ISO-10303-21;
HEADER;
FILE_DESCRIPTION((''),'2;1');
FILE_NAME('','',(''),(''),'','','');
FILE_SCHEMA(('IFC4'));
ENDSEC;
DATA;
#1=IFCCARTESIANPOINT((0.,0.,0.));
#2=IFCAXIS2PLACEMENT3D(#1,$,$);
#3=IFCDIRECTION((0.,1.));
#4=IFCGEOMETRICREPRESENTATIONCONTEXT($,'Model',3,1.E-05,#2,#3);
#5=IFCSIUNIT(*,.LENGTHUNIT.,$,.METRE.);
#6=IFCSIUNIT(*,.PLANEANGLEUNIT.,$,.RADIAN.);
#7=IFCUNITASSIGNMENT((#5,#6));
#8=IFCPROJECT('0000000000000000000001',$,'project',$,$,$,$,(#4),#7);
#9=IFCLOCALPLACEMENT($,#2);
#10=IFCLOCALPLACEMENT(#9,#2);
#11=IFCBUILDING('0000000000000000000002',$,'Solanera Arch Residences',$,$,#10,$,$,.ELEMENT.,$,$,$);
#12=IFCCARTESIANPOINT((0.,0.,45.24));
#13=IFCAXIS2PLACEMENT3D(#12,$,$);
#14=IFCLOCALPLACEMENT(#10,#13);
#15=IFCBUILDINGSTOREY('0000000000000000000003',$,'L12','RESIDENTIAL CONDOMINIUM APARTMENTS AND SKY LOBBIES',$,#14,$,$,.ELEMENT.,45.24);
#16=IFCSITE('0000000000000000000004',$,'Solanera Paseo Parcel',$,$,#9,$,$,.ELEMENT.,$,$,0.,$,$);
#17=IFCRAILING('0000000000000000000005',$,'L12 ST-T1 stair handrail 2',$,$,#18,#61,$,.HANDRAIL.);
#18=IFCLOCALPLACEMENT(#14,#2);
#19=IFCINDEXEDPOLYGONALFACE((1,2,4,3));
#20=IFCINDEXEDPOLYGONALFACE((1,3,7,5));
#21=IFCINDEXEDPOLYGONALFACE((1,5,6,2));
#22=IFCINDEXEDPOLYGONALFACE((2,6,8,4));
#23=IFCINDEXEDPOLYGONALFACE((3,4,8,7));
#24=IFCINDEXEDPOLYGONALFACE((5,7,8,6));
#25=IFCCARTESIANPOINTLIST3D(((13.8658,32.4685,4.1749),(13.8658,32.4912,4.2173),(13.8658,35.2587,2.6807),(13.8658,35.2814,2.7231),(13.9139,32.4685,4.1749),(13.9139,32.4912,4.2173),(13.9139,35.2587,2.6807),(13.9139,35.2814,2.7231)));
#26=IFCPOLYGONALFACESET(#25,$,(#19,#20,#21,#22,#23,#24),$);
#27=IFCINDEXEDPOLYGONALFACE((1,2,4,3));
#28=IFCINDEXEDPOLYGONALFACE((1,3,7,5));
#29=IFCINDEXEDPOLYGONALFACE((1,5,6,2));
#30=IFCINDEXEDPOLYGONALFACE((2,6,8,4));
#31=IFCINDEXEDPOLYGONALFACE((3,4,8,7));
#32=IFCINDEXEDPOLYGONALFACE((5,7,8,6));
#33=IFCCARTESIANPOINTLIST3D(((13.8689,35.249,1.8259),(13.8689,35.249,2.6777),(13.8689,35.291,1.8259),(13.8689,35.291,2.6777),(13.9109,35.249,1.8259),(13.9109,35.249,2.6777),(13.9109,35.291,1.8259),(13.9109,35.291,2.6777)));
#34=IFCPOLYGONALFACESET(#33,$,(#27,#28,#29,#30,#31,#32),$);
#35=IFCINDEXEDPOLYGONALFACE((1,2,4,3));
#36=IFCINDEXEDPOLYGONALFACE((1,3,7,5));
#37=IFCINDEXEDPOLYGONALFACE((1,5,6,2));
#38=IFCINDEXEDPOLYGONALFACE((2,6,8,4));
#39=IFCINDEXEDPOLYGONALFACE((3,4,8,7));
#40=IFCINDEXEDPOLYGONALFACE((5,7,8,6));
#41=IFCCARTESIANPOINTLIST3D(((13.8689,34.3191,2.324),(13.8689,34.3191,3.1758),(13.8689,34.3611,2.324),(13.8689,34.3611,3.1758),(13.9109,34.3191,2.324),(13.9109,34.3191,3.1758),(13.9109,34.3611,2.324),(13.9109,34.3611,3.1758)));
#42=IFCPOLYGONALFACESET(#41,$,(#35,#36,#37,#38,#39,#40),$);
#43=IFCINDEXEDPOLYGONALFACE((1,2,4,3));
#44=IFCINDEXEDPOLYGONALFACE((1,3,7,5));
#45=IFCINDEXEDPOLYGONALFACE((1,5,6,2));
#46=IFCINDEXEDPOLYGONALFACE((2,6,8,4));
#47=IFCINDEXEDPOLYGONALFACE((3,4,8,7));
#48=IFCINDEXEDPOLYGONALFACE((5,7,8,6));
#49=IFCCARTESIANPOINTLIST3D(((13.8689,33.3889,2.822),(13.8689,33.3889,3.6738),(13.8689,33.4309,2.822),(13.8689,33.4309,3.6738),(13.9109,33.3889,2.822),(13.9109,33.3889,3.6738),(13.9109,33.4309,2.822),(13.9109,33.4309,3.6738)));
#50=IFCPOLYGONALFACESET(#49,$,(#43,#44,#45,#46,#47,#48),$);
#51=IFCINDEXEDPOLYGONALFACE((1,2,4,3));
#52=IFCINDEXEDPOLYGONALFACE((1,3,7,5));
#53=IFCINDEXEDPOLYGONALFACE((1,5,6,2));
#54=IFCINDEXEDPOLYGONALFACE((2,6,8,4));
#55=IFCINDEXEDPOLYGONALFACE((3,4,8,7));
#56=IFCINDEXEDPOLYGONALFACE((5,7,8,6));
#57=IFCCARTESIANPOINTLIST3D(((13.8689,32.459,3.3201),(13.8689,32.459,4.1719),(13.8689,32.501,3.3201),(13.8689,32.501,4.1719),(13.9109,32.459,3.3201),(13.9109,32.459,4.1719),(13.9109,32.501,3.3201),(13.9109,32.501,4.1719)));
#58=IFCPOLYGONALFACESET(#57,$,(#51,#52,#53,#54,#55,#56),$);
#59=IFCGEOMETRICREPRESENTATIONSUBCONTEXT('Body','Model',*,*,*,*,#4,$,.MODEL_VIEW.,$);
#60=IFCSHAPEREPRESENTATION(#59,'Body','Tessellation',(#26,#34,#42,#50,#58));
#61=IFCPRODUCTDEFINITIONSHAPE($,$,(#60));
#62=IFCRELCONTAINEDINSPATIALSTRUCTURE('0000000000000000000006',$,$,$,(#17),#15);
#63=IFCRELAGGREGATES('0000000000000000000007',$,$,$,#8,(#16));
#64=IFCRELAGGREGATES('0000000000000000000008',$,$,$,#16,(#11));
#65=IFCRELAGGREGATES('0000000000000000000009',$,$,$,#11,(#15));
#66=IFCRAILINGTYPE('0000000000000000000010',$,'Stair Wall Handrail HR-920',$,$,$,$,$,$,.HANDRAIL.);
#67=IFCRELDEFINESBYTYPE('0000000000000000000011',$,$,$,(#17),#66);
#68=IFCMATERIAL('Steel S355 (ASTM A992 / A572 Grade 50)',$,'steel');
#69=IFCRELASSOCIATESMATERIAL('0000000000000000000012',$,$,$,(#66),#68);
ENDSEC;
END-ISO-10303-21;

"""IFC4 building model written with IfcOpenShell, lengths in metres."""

from ifc_helpers import new_model, si_unit, direction, frame, origin, origin_2d, place, context, subcontext, project, spatial, rectangle, extrude, material, type_object, element, save


model = new_model("IFC4")

# Units and contexts
model_context = context("Model", 3, precision=1e-05, world=origin(), true_north=direction((0.0, 1.0)))
body_context = subcontext(model_context, "Body", "Model", "MODEL_VIEW")
ifc_project = project(units=[si_unit("LENGTHUNIT", "METRE"), si_unit("PLANEANGLEUNIT", "RADIAN")], contexts=[model_context])

# Site, building, storey
site_placement = place(None, origin())
site = spatial("IfcSite", under=ifc_project, at=site_placement, Name="Solanera Paseo Parcel", CompositionType="ELEMENT", RefElevation=0.0)
building_placement = place(site_placement, origin())
building = spatial("IfcBuilding", under=site, at=building_placement, Name="Solanera Arch Residences", CompositionType="ELEMENT")
storey_placement = place(building_placement, frame((0.0, 0.0, 45.24)))
storey = spatial("IfcBuildingStorey", under=building, at=storey_placement, Name="L12", Description="RESIDENTIAL CONDOMINIUM APARTMENTS AND SKY LOBBIES", CompositionType="ELEMENT", Elevation=45.24)

# Railing
ifc_material_1 = material(Name="Steel S355 (ASTM A992 / A572 Grade 50)", Category="steel")
railing_type_1 = type_object("IfcRailingType", Name="Stair Wall Handrail HR-920", PredefinedType="HANDRAIL", material=ifc_material_1)
railing_1_placement = place(storey_placement, frame((13.8899, 35.27, 1.8259)))
element("IfcRailing", 1, at=railing_1_placement, inside=storey, type_object=railing_type_1, Name="L12 ST-T1 stair handrail 2", PredefinedType="HANDRAIL", context=body_context, shape_type="SweptSolid", body=[
    extrude(rectangle(XDim=0.0481, YDim=0.0481, at=origin_2d()), frame((0.0, 0.0, 0.876), z_axis=(0.0, -0.881549, 0.472093), x_axis=(1.0, 0.0, 0.0)), (0.0, 0.0, 1.0), 3.165),
    extrude(rectangle(XDim=0.042, YDim=0.042, at=origin_2d()), origin(), (0.0, 0.0, 1.0), 0.8518),
    extrude(rectangle(XDim=0.042, YDim=0.042, at=origin_2d()), frame((0.0, -0.9299, 0.498)), (0.0, 0.0, 1.0), 0.8518),
    extrude(rectangle(XDim=0.042, YDim=0.042, at=origin_2d()), frame((0.0, -1.8601, 0.9961)), (0.0, 0.0, 1.0), 0.8518),
    extrude(rectangle(XDim=0.042, YDim=0.042, at=origin_2d()), frame((0.0, -2.79, 1.4941)), (0.0, 0.0, 1.0), 0.8518),
])

save(model, "model.ifc")
